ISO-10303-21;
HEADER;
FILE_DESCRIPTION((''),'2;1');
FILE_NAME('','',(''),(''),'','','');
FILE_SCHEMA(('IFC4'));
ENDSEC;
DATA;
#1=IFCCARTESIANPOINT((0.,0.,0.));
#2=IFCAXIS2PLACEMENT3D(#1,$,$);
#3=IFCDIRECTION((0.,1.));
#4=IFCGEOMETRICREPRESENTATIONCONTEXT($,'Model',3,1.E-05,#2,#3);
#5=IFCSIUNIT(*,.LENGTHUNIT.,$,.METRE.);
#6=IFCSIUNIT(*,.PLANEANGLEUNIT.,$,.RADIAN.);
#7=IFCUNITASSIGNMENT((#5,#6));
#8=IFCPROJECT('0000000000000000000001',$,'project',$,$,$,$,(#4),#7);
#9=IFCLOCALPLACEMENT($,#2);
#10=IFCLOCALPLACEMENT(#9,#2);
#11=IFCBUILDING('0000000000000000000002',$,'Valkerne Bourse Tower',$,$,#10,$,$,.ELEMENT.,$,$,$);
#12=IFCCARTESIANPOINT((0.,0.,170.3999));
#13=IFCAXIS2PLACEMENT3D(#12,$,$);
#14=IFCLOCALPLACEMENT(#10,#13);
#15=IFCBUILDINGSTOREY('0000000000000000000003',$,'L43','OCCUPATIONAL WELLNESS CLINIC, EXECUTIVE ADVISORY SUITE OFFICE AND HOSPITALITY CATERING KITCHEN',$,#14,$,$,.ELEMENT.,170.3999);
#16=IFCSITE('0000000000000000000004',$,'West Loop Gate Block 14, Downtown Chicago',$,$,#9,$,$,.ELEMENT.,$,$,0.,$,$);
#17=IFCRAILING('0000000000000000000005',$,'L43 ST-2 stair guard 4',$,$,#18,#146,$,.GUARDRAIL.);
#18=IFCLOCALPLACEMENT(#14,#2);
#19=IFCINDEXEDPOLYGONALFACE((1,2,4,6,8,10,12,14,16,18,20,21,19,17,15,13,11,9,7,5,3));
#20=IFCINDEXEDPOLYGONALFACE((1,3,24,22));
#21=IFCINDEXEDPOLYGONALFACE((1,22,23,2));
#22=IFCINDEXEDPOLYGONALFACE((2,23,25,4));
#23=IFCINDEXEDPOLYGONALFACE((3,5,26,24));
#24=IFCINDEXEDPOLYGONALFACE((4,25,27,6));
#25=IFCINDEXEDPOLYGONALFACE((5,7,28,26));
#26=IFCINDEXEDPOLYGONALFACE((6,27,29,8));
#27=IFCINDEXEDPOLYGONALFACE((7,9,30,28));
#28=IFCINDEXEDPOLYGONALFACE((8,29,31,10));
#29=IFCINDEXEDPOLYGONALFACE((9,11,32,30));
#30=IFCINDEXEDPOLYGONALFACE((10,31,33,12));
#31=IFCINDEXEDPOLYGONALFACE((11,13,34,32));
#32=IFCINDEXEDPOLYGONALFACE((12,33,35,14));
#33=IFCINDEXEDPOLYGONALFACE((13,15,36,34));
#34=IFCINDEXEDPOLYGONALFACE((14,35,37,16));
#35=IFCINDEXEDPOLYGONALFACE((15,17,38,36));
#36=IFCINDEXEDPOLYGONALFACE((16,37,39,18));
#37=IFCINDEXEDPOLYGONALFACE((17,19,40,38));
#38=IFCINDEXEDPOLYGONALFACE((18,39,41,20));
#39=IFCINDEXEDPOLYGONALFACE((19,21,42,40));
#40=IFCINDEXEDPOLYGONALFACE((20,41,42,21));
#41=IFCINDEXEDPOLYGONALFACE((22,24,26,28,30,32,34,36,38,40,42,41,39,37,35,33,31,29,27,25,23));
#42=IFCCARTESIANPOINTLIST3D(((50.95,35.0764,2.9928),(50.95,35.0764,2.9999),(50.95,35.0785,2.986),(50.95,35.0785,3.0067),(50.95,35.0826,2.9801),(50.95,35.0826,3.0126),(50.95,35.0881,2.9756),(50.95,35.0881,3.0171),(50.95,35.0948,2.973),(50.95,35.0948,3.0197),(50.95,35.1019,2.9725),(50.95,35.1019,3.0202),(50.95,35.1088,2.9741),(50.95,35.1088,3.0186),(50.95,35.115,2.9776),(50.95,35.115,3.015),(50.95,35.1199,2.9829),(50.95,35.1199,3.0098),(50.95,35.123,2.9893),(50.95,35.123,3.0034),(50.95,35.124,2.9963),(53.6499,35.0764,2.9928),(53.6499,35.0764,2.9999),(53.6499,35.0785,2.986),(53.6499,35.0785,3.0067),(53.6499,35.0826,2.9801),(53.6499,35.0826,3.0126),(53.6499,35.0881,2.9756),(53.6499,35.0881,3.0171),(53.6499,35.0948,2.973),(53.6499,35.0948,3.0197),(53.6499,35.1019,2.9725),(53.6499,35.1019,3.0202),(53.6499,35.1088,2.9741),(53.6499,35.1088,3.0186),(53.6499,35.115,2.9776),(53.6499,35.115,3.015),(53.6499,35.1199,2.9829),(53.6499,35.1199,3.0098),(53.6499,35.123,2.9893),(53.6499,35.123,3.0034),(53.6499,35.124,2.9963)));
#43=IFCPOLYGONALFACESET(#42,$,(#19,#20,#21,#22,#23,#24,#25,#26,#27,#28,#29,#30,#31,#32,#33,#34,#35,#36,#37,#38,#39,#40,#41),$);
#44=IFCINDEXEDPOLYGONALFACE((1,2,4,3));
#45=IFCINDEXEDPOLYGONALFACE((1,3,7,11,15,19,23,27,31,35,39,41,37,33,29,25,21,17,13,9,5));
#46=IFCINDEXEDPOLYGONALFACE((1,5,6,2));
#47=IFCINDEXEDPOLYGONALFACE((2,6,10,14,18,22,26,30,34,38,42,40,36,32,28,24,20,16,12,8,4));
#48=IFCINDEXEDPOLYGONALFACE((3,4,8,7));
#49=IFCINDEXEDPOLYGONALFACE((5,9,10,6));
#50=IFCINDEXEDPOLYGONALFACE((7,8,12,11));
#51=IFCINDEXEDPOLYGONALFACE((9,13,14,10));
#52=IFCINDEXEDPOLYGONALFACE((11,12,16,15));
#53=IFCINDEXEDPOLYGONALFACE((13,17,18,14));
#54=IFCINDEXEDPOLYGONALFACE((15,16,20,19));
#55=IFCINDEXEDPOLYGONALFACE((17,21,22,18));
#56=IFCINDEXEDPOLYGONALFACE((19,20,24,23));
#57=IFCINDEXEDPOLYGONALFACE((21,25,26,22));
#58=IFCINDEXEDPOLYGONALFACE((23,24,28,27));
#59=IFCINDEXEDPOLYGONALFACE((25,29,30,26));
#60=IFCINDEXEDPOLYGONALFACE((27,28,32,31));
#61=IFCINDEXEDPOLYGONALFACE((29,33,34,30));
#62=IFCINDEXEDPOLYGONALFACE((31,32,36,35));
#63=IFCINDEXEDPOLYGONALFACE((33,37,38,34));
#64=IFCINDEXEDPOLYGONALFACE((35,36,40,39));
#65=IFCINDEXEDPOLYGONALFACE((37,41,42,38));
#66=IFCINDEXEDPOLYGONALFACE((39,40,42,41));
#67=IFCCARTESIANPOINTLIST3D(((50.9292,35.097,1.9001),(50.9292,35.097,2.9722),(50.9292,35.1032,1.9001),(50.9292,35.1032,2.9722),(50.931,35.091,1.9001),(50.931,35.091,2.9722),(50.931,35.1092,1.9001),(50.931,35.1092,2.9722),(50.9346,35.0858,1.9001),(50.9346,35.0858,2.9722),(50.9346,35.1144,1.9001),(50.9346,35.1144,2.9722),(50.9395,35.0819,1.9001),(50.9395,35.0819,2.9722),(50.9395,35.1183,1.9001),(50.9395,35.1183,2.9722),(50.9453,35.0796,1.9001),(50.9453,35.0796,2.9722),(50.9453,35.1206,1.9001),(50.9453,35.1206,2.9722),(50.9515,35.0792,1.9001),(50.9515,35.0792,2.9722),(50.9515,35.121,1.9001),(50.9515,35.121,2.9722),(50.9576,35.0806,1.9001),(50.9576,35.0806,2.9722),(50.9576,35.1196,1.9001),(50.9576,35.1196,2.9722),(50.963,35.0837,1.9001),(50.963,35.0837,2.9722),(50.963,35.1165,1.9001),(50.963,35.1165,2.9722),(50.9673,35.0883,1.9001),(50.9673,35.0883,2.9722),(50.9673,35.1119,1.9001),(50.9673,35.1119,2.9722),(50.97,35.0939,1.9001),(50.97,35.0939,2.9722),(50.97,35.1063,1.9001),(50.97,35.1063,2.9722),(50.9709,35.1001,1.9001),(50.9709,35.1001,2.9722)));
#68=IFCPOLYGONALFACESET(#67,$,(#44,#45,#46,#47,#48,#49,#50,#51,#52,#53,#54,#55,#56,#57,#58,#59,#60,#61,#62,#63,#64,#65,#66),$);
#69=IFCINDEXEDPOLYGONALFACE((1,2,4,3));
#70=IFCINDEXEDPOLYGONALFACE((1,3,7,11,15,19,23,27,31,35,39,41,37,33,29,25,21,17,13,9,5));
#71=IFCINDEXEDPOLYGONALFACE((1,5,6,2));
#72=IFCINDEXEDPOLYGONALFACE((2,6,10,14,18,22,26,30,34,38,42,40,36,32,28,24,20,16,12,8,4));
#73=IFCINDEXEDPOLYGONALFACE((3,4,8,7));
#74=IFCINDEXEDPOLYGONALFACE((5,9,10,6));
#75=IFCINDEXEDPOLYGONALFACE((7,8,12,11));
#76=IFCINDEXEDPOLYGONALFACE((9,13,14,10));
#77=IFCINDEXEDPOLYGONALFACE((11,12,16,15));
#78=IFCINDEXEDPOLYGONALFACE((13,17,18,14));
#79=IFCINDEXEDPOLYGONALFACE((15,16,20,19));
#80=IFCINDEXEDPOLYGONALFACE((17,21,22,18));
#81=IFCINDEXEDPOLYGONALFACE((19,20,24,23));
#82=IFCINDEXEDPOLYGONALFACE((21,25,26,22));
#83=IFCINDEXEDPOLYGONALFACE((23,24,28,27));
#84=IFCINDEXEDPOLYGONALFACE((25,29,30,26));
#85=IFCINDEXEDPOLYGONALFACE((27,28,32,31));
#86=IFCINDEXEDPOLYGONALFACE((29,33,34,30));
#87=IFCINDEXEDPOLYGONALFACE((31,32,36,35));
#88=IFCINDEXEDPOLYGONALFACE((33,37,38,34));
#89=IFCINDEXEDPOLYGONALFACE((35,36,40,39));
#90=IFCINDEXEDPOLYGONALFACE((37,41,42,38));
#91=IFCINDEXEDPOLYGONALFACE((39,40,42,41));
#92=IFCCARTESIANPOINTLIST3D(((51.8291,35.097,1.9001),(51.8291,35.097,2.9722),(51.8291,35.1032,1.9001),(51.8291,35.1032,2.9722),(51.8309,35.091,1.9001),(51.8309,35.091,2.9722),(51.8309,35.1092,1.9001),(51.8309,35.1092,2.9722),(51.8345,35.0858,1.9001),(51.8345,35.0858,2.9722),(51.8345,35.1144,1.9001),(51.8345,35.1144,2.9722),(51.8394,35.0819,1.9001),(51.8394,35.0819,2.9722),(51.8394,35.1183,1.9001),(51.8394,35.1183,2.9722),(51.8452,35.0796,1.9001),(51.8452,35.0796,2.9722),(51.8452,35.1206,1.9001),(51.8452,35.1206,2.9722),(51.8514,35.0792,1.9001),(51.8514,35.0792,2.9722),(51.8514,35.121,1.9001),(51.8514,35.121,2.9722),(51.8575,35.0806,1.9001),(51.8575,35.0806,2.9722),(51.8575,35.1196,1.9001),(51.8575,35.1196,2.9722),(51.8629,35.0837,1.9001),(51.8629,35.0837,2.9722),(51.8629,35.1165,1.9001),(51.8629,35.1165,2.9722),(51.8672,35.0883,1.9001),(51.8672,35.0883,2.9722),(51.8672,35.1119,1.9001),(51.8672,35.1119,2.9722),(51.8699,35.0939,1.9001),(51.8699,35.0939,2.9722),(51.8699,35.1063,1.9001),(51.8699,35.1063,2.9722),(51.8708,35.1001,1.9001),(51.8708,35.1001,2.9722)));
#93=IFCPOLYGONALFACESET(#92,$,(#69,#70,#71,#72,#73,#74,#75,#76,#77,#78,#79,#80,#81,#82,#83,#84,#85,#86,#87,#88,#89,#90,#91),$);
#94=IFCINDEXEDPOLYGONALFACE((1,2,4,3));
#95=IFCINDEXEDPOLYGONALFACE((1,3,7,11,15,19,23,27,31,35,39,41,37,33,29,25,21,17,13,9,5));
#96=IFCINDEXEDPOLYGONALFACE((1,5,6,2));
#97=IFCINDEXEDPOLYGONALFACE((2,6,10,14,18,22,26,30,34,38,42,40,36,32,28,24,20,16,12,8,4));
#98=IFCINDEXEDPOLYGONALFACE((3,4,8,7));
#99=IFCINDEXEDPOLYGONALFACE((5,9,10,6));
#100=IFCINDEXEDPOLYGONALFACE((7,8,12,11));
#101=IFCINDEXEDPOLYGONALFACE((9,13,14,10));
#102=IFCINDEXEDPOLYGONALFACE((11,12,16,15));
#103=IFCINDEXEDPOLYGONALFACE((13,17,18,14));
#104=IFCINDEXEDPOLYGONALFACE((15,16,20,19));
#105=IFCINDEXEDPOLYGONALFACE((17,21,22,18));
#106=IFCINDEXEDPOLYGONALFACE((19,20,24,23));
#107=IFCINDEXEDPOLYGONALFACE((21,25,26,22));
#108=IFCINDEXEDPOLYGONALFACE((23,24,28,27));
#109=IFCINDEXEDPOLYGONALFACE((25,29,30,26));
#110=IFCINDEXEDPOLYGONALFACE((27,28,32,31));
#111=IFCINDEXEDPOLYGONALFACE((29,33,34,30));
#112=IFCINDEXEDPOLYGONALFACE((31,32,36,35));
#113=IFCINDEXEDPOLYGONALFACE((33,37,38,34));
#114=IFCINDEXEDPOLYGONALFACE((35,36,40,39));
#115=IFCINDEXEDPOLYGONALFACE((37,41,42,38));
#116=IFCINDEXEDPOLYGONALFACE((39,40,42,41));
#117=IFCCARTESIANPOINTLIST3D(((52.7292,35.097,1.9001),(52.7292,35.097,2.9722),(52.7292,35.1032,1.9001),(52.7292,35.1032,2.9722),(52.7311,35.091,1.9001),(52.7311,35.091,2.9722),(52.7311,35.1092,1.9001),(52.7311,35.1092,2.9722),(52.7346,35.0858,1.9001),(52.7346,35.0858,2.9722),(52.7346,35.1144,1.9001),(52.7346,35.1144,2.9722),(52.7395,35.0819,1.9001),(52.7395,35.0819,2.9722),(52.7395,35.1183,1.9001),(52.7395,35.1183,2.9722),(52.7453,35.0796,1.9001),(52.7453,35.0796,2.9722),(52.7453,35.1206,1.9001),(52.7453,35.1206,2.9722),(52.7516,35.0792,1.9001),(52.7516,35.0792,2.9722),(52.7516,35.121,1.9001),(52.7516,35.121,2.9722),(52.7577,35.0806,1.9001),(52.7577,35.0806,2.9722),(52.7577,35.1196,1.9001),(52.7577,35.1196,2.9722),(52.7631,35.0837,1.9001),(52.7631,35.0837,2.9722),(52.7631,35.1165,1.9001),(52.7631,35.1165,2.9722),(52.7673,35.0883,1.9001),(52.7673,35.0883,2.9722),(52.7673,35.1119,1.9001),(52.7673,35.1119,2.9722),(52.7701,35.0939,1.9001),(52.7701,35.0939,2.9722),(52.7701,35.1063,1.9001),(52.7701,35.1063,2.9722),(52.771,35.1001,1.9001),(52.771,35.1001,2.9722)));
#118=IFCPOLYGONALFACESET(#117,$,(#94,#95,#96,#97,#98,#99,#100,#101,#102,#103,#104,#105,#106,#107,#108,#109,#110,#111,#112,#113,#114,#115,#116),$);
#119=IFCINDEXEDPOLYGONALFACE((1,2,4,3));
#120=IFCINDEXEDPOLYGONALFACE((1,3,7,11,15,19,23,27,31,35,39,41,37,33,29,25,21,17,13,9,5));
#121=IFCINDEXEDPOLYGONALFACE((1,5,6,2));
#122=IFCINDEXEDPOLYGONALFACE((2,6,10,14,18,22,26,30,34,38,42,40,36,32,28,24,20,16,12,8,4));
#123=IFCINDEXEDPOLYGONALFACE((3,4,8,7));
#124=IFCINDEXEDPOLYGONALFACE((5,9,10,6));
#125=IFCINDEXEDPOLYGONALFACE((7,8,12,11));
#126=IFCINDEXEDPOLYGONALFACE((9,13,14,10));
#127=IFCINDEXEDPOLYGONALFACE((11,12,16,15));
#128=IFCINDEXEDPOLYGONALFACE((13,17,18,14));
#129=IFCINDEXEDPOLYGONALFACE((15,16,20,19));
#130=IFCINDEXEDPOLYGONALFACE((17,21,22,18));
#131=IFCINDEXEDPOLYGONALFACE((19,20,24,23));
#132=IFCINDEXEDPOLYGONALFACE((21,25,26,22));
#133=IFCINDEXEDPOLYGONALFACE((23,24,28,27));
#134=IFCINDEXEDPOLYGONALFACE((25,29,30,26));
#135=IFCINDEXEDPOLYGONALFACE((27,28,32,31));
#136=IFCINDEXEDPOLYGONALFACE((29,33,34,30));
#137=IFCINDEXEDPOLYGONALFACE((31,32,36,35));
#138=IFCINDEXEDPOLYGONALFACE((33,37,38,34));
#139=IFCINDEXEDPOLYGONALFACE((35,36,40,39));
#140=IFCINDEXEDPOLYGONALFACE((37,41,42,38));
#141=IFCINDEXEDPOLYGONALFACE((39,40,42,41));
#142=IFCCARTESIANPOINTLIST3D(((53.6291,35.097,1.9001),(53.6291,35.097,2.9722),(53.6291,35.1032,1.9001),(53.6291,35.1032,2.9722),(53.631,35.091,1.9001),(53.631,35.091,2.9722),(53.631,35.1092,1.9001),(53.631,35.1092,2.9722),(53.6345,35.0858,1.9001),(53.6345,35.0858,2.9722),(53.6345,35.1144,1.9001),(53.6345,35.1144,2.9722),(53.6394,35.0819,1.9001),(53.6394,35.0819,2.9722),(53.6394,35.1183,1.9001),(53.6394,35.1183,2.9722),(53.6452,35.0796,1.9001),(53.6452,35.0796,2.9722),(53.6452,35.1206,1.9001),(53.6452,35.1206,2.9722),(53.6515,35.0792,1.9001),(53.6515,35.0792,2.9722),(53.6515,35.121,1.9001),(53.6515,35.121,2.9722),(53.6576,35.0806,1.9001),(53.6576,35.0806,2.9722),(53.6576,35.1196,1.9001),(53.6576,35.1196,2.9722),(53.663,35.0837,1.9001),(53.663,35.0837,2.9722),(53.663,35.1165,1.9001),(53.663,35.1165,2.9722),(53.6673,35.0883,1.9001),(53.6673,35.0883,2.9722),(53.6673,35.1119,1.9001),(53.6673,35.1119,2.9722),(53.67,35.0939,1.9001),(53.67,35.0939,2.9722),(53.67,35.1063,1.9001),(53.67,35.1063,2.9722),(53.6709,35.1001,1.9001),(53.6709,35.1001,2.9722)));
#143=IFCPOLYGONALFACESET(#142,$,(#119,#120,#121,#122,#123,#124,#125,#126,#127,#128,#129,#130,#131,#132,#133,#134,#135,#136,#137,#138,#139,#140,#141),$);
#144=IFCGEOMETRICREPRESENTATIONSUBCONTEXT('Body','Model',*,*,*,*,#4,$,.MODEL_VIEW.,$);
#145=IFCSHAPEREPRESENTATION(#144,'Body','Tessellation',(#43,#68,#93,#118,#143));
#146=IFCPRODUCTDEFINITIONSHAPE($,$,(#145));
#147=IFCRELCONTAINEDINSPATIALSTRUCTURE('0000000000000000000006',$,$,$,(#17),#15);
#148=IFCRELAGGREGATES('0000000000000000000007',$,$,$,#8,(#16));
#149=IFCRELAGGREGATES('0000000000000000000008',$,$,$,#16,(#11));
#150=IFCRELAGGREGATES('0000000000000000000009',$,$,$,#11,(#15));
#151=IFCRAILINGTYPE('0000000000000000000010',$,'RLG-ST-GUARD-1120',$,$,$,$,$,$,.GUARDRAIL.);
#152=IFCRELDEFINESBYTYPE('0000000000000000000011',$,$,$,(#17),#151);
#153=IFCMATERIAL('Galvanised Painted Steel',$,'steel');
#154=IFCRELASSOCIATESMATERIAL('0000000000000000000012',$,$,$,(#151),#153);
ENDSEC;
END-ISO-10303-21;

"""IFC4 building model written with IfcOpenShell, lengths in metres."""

from ifc_helpers import new_model, si_unit, direction, frame, origin, origin_2d, place, context, subcontext, project, spatial, circle, extrude, material, type_object, element, save


model = new_model("IFC4")

# Units and contexts
model_context = context("Model", 3, precision=1e-05, world=origin(), true_north=direction((0.0, 1.0)))
body_context = subcontext(model_context, "Body", "Model", "MODEL_VIEW")
ifc_project = project(units=[si_unit("LENGTHUNIT", "METRE"), si_unit("PLANEANGLEUNIT", "RADIAN")], contexts=[model_context])

# Site, building, storey
site_placement = place(None, origin())
site = spatial("IfcSite", under=ifc_project, at=site_placement, Name="West Loop Gate Block 14, Downtown Chicago", CompositionType="ELEMENT", RefElevation=0.0)
building_placement = place(site_placement, origin())
building = spatial("IfcBuilding", under=site, at=building_placement, Name="Valkerne Bourse Tower", CompositionType="ELEMENT")
storey_placement = place(building_placement, frame((0.0, 0.0, 170.3999)))
storey = spatial("IfcBuildingStorey", under=building, at=storey_placement, Name="L43", Description="OCCUPATIONAL WELLNESS CLINIC, EXECUTIVE ADVISORY SUITE OFFICE AND HOSPITALITY CATERING KITCHEN", CompositionType="ELEMENT", Elevation=170.3999)

# Shared definitions
ifc_material_1 = material(Name="Galvanised Painted Steel", Category="steel")

# Railing
railing_type_1 = type_object("IfcRailingType", Name="RLG-ST-GUARD-1120", PredefinedType="GUARDRAIL", material=ifc_material_1)
for number, where, name in (
    (1, (50.95, 35.1001, 1.9001), "L43 ST-2 stair guard 4"),
):
    element("IfcRailing", number, at=place(storey_placement, frame(where)), inside=storey, type_object=railing_type_1, Name=name, PredefinedType="GUARDRAIL", context=body_context, shape_type="SweptSolid", body=[
        extrude(circle(Radius=0.0239, at=origin_2d()), frame((0.0, 0.0, 1.0962), z_axis=(1.0, 0.0, 0.0), x_axis=(0.0, 1.0, 0.0)), (0.0, 0.0, 1.0), 2.7),
        extrude(circle(Radius=0.021, at=origin_2d()), origin(), (0.0, 0.0, 1.0), 1.072),
        extrude(circle(Radius=0.021, at=origin_2d()), frame((0.8999, 0.0, 0.0)), (0.0, 0.0, 1.0), 1.072),
        extrude(circle(Radius=0.021, at=origin_2d()), frame((1.8, 0.0, 0.0)), (0.0, 0.0, 1.0), 1.072),
        extrude(circle(Radius=0.021, at=origin_2d()), frame((2.7, 0.0, 0.0)), (0.0, 0.0, 1.0), 1.072),
    ])

save(model, "model.ifc")
